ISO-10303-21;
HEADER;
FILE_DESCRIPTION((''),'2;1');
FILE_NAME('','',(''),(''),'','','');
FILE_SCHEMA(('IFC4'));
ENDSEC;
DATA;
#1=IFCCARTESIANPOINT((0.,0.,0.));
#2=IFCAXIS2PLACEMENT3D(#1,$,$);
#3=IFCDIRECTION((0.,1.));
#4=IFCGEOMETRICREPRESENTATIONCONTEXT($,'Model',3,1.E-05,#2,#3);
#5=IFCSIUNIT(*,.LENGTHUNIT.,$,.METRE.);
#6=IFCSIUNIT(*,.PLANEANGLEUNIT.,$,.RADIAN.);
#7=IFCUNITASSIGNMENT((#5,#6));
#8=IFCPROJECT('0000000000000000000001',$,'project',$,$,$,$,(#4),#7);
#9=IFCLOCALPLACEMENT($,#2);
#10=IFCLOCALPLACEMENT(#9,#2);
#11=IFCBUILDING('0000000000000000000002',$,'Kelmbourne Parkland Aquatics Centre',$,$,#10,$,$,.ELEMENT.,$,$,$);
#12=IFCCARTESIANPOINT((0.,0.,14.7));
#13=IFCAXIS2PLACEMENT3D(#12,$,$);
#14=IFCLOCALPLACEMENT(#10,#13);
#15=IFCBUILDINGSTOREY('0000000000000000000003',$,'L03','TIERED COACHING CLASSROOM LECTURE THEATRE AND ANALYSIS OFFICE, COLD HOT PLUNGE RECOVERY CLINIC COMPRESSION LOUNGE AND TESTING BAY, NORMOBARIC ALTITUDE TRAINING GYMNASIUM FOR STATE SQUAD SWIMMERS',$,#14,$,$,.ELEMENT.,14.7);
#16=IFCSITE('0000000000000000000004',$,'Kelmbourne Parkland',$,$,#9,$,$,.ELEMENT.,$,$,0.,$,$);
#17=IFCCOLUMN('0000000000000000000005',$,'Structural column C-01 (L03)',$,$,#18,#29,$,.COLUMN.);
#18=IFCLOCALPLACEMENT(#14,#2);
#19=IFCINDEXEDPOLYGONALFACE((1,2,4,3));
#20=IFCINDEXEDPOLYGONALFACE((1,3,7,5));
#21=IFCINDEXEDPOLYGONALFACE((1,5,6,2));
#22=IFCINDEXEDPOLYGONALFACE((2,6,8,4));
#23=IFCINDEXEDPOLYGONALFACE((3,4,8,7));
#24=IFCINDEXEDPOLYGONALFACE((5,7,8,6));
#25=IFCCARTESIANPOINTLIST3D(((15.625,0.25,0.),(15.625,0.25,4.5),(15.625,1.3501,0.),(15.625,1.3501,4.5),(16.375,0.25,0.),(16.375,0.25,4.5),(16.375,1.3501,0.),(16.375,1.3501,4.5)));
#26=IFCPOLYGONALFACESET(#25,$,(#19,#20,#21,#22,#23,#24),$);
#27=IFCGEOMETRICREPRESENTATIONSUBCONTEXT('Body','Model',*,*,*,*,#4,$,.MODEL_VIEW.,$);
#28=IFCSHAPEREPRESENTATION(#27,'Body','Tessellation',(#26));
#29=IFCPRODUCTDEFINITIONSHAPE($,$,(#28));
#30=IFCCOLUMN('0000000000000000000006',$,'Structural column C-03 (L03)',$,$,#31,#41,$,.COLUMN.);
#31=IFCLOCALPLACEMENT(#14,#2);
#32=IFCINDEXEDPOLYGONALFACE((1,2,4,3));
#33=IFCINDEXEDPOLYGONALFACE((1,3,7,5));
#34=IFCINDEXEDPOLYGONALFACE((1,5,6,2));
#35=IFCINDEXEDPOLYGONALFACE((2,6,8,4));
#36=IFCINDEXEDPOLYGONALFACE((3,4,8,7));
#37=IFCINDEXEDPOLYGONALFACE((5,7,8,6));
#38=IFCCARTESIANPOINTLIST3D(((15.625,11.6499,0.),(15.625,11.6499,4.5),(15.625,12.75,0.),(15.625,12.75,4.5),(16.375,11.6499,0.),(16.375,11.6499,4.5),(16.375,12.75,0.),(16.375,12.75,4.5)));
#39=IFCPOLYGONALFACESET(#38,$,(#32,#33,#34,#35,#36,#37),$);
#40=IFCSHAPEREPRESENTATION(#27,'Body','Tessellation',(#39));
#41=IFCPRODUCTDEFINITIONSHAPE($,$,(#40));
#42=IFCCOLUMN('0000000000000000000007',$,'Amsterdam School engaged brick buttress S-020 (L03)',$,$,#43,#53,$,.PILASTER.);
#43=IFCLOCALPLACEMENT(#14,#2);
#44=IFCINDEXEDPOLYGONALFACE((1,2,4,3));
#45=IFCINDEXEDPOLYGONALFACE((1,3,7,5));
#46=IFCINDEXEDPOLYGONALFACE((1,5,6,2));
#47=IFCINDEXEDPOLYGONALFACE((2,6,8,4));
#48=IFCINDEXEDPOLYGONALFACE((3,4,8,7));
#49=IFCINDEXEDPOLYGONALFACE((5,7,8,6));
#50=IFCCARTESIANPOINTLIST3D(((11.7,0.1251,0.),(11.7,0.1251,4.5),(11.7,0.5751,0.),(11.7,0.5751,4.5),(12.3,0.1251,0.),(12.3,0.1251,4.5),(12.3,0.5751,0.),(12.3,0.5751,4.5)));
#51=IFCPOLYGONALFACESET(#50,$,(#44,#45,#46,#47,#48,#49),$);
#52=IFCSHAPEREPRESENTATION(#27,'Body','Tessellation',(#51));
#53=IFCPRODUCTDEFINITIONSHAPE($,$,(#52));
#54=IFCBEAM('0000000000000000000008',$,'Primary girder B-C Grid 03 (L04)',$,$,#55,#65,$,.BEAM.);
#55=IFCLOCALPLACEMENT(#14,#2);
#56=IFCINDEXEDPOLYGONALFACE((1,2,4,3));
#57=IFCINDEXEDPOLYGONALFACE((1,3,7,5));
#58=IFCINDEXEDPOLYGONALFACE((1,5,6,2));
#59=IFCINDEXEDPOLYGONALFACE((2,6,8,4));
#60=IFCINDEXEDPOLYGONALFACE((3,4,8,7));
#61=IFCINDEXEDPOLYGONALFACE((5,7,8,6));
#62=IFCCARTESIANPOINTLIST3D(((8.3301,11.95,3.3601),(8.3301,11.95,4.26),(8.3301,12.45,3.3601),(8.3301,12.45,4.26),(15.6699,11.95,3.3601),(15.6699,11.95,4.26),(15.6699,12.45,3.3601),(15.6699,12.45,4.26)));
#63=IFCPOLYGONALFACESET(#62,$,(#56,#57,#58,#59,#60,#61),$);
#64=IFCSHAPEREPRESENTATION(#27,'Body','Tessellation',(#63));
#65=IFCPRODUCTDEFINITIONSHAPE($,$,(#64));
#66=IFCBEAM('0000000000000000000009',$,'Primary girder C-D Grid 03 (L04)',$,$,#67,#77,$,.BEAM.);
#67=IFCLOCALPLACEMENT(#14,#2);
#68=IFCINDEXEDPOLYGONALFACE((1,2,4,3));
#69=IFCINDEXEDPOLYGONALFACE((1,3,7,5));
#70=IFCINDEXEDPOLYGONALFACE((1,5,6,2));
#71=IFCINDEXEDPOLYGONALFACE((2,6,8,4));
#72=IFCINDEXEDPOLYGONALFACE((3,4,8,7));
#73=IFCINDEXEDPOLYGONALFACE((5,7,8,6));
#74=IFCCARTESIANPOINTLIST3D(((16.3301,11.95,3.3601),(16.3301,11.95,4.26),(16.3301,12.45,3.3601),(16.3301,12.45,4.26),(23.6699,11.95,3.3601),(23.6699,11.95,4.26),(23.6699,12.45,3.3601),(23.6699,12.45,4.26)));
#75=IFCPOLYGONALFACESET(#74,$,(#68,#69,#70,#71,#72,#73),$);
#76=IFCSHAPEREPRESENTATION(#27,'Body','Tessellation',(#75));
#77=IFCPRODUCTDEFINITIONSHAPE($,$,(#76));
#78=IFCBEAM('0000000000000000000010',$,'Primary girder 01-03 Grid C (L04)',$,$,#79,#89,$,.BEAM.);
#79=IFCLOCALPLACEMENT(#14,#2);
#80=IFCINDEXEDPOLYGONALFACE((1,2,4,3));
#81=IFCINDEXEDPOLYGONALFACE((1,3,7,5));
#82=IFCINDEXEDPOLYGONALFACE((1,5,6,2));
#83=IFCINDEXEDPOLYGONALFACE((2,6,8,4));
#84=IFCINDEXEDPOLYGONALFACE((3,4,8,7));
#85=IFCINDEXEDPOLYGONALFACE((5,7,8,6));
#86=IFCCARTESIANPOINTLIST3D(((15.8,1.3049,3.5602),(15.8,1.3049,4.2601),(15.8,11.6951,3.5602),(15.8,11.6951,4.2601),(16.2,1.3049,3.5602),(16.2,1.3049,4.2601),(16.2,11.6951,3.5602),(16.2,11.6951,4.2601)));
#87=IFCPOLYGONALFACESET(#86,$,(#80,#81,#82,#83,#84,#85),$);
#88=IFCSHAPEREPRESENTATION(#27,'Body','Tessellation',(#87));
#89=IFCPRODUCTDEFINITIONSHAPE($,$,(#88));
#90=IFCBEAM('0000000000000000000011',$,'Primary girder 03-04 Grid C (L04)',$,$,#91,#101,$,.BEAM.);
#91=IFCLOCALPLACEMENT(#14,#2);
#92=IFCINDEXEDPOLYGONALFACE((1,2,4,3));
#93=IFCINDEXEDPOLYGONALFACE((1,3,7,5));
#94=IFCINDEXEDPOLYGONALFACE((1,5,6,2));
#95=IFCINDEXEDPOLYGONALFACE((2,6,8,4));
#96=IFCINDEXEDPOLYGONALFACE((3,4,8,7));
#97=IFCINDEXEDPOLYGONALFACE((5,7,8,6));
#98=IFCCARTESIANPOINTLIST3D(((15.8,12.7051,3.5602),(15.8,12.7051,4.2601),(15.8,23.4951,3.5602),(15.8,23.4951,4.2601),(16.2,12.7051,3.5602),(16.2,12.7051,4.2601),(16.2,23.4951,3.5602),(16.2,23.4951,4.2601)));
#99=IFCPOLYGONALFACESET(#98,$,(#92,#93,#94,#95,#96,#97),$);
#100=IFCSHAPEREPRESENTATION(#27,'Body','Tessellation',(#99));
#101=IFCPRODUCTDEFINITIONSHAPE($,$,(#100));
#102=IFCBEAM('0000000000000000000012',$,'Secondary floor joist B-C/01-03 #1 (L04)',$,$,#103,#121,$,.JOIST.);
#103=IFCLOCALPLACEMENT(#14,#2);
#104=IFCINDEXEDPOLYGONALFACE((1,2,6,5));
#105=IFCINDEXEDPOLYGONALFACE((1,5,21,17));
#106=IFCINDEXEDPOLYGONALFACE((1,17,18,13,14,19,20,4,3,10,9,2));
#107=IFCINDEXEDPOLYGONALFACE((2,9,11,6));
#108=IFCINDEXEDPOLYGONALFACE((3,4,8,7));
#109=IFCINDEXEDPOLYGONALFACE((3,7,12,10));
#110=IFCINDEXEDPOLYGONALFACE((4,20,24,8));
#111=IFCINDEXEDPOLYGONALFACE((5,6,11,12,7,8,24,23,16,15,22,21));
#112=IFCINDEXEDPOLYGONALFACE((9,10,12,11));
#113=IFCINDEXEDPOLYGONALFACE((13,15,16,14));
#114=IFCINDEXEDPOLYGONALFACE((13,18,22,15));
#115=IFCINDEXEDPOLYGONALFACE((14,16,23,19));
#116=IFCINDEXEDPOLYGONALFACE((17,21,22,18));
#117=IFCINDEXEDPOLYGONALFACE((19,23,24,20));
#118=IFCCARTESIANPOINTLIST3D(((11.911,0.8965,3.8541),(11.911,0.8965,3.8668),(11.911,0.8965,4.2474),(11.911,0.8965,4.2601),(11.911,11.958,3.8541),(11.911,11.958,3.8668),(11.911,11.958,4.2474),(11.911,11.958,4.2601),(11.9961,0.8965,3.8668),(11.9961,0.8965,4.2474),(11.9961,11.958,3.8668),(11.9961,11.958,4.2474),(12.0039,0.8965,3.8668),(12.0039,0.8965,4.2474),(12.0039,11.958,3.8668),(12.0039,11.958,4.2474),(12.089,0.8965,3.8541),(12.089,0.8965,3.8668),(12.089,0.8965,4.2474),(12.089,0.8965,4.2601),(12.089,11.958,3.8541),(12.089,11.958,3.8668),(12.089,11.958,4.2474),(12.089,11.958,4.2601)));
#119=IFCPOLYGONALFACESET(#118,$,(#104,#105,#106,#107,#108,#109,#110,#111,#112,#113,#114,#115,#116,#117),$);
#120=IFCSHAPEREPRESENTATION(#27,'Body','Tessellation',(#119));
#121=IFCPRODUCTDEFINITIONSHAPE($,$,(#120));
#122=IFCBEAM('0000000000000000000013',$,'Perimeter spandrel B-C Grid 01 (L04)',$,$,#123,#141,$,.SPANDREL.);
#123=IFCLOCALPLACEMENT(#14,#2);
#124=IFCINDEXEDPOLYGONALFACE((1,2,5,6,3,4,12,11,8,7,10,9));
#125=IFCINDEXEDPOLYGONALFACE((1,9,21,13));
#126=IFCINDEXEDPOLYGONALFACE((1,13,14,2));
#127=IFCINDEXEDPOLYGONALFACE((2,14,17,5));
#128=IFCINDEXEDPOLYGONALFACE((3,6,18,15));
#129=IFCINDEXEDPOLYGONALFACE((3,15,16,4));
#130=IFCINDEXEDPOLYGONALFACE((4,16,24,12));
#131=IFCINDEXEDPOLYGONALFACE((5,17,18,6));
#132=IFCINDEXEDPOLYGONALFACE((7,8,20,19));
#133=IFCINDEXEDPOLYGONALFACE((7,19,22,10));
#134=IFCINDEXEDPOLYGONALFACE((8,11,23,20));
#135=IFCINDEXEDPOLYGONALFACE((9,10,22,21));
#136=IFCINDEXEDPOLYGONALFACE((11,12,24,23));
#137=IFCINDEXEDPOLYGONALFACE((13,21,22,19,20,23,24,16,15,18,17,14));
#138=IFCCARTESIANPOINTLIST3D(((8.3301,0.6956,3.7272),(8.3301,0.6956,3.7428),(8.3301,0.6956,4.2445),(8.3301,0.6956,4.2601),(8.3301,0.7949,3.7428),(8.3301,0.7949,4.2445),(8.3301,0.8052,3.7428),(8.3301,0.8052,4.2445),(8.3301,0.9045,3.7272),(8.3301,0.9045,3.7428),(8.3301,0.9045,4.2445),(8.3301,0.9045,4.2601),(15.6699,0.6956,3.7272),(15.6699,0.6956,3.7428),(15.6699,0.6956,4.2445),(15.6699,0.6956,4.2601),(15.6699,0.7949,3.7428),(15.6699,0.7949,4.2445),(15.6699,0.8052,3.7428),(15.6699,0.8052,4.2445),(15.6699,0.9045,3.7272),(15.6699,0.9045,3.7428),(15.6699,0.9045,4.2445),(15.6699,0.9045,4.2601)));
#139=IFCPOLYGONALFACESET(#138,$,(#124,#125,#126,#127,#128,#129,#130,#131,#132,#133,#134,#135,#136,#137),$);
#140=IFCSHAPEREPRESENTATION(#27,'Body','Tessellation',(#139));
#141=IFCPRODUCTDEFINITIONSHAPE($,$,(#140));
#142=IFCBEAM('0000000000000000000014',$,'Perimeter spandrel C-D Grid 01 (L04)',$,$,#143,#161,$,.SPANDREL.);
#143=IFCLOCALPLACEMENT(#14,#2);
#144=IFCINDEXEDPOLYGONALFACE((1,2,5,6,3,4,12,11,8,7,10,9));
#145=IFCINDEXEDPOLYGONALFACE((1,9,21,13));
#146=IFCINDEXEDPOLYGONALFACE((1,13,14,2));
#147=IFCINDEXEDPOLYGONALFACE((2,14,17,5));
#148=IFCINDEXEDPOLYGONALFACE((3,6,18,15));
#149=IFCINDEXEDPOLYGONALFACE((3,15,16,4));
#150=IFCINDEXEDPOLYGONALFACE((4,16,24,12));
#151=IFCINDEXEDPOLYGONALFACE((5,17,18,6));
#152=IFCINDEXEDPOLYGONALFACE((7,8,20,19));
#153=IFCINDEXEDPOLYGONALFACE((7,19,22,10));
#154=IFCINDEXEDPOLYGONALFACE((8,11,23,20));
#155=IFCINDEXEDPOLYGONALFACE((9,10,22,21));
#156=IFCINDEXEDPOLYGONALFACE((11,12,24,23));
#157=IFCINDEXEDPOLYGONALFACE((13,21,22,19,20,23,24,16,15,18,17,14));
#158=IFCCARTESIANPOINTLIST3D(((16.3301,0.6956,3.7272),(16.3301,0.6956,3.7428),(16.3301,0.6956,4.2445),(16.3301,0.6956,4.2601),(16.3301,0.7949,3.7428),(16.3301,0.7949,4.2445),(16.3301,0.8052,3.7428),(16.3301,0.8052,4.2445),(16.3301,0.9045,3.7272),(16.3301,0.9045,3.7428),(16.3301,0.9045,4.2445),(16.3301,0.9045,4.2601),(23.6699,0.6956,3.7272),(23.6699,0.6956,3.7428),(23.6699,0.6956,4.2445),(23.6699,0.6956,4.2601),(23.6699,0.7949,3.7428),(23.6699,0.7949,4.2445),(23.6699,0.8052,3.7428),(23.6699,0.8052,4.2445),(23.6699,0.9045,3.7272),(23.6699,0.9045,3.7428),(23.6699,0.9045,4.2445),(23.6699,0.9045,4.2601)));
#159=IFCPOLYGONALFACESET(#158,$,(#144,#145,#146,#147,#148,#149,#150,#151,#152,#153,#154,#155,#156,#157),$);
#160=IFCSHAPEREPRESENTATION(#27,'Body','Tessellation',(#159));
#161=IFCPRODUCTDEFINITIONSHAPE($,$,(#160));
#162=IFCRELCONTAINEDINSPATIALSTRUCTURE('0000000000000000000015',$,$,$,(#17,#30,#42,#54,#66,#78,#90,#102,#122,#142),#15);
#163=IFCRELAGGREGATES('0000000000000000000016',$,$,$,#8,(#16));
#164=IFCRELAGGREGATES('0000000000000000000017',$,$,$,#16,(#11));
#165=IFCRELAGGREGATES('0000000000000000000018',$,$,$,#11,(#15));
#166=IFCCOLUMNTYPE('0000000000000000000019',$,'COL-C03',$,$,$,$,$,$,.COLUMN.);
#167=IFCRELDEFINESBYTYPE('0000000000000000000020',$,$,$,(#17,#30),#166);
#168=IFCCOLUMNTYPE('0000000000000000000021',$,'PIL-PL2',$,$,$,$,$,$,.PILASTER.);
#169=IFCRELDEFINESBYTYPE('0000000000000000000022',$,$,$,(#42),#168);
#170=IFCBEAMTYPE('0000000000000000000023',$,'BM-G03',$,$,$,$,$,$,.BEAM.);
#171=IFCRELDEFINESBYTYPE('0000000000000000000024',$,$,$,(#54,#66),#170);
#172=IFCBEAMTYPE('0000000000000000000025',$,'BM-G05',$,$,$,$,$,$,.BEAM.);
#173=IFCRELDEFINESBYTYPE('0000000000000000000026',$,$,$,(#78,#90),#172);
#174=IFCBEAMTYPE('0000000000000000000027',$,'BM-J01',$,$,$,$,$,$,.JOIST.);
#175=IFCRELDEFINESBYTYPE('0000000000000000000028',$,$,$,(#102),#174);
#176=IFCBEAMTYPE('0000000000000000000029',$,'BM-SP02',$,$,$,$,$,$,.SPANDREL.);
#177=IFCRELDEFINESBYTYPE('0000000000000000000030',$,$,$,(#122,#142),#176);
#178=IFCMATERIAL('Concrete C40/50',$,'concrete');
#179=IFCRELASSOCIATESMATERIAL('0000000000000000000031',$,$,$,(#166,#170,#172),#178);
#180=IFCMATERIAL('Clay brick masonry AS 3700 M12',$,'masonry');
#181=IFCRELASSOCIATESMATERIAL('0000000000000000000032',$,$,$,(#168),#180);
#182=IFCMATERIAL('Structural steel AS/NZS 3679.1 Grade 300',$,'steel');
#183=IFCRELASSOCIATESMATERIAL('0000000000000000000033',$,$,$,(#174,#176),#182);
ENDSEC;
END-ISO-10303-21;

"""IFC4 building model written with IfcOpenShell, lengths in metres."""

from ifc_helpers import new_model, si_unit, direction, frame, origin, origin_2d, place, context, subcontext, project, spatial, rectangle, i_section, extrude, material, material_profile, profile_set, type_object, element, save


model = new_model("IFC4")

# Units and contexts
model_context = context("Model", 3, precision=1e-05, world=origin(), true_north=direction((0.0, 1.0)))
body_context = subcontext(model_context, "Body", "Model", "MODEL_VIEW")
ifc_project = project(units=[si_unit("LENGTHUNIT", "METRE"), si_unit("PLANEANGLEUNIT", "RADIAN")], contexts=[model_context])

# Site, building, storey
site_placement = place(None, origin())
site = spatial("IfcSite", under=ifc_project, at=site_placement, Name="Kelmbourne Parkland", CompositionType="ELEMENT", RefElevation=0.0)
building_placement = place(site_placement, origin())
building = spatial("IfcBuilding", under=site, at=building_placement, Name="Kelmbourne Parkland Aquatics Centre", CompositionType="ELEMENT")
storey_placement = place(building_placement, frame((0.0, 0.0, 14.7)))
storey = spatial("IfcBuildingStorey", under=building, at=storey_placement, Name="L03", Description="TIERED COACHING CLASSROOM LECTURE THEATRE AND ANALYSIS OFFICE, COLD HOT PLUNGE RECOVERY CLINIC COMPRESSION LOUNGE AND TESTING BAY, NORMOBARIC ALTITUDE TRAINING GYMNASIUM FOR STATE SQUAD SWIMMERS", CompositionType="ELEMENT", Elevation=14.7)

# Columns
ifc_material_1 = material(Name="Concrete C40/50", Category="concrete")
ifc_material_profile_1 = material_profile(ifc_material_1, rectangle(XDim=0.75, YDim=1.1001, at=origin_2d()), Name="RC 750x1100")
ifc_profile_set_1 = profile_set([ifc_material_profile_1], Name="Concrete C40/50")
column_type_1 = type_object("IfcColumnType", Name="COL-C03", PredefinedType="COLUMN", material=ifc_profile_set_1)
for number, where, z_axis, x_axis, name in (
    (1, (16.0, 0.8, 0.0), (0.0, 0.0, 1.0), (1.0, 0.0, 0.0), "Structural column C-01 (L03)"),
    (2, (16.0, 12.2, 0.0), (0.0, 0.0, 1.0), (1.0, 0.0, 0.0), "Structural column C-03 (L03)"),
):
    element("IfcColumn", number, at=place(storey_placement, frame(where, z_axis=z_axis, x_axis=x_axis)), inside=storey, type_object=column_type_1, Name=name, PredefinedType="COLUMN", context=body_context, shape_type="SweptSolid", body=[
        extrude(rectangle(XDim=0.75, YDim=1.1001, at=origin_2d()), origin(), (0.0, 0.0, 1.0), 4.5),
    ])
ifc_material_2 = material(Name="Clay brick masonry AS 3700 M12", Category="masonry")
ifc_material_profile_2 = material_profile(ifc_material_2, rectangle(XDim=0.45, YDim=0.6001, at=origin_2d()), Name="PIL 450x600")
ifc_profile_set_2 = profile_set([ifc_material_profile_2], Name="Clay brick masonry AS 3700 M12")
column_type_2 = type_object("IfcColumnType", Name="PIL-PL2", PredefinedType="PILASTER", material=ifc_profile_set_2)
column_placement = place(storey_placement, frame((12.0, 0.3501, 0.0), z_axis=(0.0, 0.0, 1.0), x_axis=(0.0, 1.0, 0.0)))
element("IfcColumn", 3, at=column_placement, inside=storey, type_object=column_type_2, Name="Amsterdam School engaged brick buttress S-020 (L03)", PredefinedType="PILASTER", context=body_context, shape_type="SweptSolid", body=[
    extrude(rectangle(XDim=0.45, YDim=0.6001, at=origin_2d()), origin(), (0.0, 0.0, 1.0), 4.5),
])

# Beams
ifc_material_profile_3 = material_profile(ifc_material_1, rectangle(XDim=0.5, YDim=0.8999, at=origin_2d()), Name="RC 500x900")
ifc_profile_set_3 = profile_set([ifc_material_profile_3], Name="Concrete C40/50")
beam_type_1 = type_object("IfcBeamType", Name="BM-G03", PredefinedType="BEAM", material=ifc_profile_set_3)
for number, where, z_axis, x_axis, name in (
    (4, (8.3301, 12.2, 3.8101), (1.0, 0.0, 0.0), (0.0, 1.0, 0.0), "Primary girder B-C Grid 03 (L04)"),
    (5, (16.3301, 12.2, 3.8101), (1.0, 0.0, 0.0), (0.0, 1.0, 0.0), "Primary girder C-D Grid 03 (L04)"),
):
    element("IfcBeam", number, at=place(storey_placement, frame(where, z_axis=z_axis, x_axis=x_axis)), inside=storey, type_object=beam_type_1, Name=name, PredefinedType="BEAM", context=body_context, shape_type="SweptSolid", body=[
        extrude(rectangle(XDim=0.5, YDim=0.8999, at=origin_2d()), origin(), (0.0, 0.0, 1.0), 7.3398),
    ])
ifc_material_profile_4 = material_profile(ifc_material_1, rectangle(XDim=0.3999, YDim=0.7, at=origin_2d()), Name="RC 400x700")
ifc_profile_set_4 = profile_set([ifc_material_profile_4], Name="Concrete C40/50")
beam_type_2 = type_object("IfcBeamType", Name="BM-G05", PredefinedType="BEAM", material=ifc_profile_set_4)
beam_1_placement = place(storey_placement, frame((16.0, 1.3049, 3.9102), z_axis=(0.0, 1.0, 0.0), x_axis=(-1.0, 0.0, 0.0)))
element("IfcBeam", 6, at=beam_1_placement, inside=storey, type_object=beam_type_2, Name="Primary girder 01-03 Grid C (L04)", PredefinedType="BEAM", context=body_context, shape_type="SweptSolid", body=[
    extrude(rectangle(XDim=0.3999, YDim=0.7, at=origin_2d()), origin(), (0.0, 0.0, 1.0), 10.3901),
])
beam_2_placement = place(storey_placement, frame((16.0, 12.7051, 3.9102), z_axis=(0.0, 1.0, 0.0), x_axis=(-1.0, 0.0, 0.0)))
element("IfcBeam", 7, at=beam_2_placement, inside=storey, type_object=beam_type_2, Name="Primary girder 03-04 Grid C (L04)", PredefinedType="BEAM", context=body_context, shape_type="SweptSolid", body=[
    extrude(rectangle(XDim=0.3999, YDim=0.7, at=origin_2d()), origin(), (0.0, 0.0, 1.0), 10.79),
])
ifc_material_3 = material(Name="Structural steel AS/NZS 3679.1 Grade 300", Category="steel")
ifc_material_profile_5 = material_profile(ifc_material_3, i_section(OverallWidth=0.178, OverallDepth=0.406, WebThickness=0.0078, FlangeThickness=0.0127, at=origin_2d()), Name="410UB59.7")
ifc_profile_set_5 = profile_set([ifc_material_profile_5], Name="Structural steel AS/NZS 3679.1 Grade 300")
beam_type_3 = type_object("IfcBeamType", Name="BM-J01", PredefinedType="JOIST", material=ifc_profile_set_5)
beam_3_placement = place(storey_placement, frame((12.0, 0.8965, 4.0571), z_axis=(0.0, 1.0, 0.0), x_axis=(-1.0, 0.0, 0.0)))
element("IfcBeam", 8, at=beam_3_placement, inside=storey, type_object=beam_type_3, Name="Secondary floor joist B-C/01-03 #1 (L04)", PredefinedType="JOIST", context=body_context, shape_type="SweptSolid", body=[
    extrude(i_section(OverallWidth=0.178, OverallDepth=0.406, WebThickness=0.0078, FlangeThickness=0.0127, at=origin_2d()), origin(), (0.0, 0.0, 1.0), 11.0615),
])
ifc_material_profile_6 = material_profile(ifc_material_3, i_section(OverallWidth=0.209, OverallDepth=0.533, WebThickness=0.0103, FlangeThickness=0.0156, at=origin_2d()), Name="530UB92.4")
ifc_profile_set_6 = profile_set([ifc_material_profile_6], Name="Structural steel AS/NZS 3679.1 Grade 300")
beam_type_4 = type_object("IfcBeamType", Name="BM-SP02", PredefinedType="SPANDREL", material=ifc_profile_set_6)
for number, where, z_axis, x_axis, name in (
    (9, (8.3301, 0.8, 3.9937), (1.0, 0.0, 0.0), (0.0, 1.0, 0.0), "Perimeter spandrel B-C Grid 01 (L04)"),
    (10, (16.3301, 0.8, 3.9937), (1.0, 0.0, 0.0), (0.0, 1.0, 0.0), "Perimeter spandrel C-D Grid 01 (L04)"),
):
    element("IfcBeam", number, at=place(storey_placement, frame(where, z_axis=z_axis, x_axis=x_axis)), inside=storey, type_object=beam_type_4, Name=name, PredefinedType="SPANDREL", context=body_context, shape_type="SweptSolid", body=[
        extrude(i_section(OverallWidth=0.209, OverallDepth=0.533, WebThickness=0.0103, FlangeThickness=0.0156, at=origin_2d()), origin(), (0.0, 0.0, 1.0), 7.3398),
    ])

save(model, "model.ifc")
